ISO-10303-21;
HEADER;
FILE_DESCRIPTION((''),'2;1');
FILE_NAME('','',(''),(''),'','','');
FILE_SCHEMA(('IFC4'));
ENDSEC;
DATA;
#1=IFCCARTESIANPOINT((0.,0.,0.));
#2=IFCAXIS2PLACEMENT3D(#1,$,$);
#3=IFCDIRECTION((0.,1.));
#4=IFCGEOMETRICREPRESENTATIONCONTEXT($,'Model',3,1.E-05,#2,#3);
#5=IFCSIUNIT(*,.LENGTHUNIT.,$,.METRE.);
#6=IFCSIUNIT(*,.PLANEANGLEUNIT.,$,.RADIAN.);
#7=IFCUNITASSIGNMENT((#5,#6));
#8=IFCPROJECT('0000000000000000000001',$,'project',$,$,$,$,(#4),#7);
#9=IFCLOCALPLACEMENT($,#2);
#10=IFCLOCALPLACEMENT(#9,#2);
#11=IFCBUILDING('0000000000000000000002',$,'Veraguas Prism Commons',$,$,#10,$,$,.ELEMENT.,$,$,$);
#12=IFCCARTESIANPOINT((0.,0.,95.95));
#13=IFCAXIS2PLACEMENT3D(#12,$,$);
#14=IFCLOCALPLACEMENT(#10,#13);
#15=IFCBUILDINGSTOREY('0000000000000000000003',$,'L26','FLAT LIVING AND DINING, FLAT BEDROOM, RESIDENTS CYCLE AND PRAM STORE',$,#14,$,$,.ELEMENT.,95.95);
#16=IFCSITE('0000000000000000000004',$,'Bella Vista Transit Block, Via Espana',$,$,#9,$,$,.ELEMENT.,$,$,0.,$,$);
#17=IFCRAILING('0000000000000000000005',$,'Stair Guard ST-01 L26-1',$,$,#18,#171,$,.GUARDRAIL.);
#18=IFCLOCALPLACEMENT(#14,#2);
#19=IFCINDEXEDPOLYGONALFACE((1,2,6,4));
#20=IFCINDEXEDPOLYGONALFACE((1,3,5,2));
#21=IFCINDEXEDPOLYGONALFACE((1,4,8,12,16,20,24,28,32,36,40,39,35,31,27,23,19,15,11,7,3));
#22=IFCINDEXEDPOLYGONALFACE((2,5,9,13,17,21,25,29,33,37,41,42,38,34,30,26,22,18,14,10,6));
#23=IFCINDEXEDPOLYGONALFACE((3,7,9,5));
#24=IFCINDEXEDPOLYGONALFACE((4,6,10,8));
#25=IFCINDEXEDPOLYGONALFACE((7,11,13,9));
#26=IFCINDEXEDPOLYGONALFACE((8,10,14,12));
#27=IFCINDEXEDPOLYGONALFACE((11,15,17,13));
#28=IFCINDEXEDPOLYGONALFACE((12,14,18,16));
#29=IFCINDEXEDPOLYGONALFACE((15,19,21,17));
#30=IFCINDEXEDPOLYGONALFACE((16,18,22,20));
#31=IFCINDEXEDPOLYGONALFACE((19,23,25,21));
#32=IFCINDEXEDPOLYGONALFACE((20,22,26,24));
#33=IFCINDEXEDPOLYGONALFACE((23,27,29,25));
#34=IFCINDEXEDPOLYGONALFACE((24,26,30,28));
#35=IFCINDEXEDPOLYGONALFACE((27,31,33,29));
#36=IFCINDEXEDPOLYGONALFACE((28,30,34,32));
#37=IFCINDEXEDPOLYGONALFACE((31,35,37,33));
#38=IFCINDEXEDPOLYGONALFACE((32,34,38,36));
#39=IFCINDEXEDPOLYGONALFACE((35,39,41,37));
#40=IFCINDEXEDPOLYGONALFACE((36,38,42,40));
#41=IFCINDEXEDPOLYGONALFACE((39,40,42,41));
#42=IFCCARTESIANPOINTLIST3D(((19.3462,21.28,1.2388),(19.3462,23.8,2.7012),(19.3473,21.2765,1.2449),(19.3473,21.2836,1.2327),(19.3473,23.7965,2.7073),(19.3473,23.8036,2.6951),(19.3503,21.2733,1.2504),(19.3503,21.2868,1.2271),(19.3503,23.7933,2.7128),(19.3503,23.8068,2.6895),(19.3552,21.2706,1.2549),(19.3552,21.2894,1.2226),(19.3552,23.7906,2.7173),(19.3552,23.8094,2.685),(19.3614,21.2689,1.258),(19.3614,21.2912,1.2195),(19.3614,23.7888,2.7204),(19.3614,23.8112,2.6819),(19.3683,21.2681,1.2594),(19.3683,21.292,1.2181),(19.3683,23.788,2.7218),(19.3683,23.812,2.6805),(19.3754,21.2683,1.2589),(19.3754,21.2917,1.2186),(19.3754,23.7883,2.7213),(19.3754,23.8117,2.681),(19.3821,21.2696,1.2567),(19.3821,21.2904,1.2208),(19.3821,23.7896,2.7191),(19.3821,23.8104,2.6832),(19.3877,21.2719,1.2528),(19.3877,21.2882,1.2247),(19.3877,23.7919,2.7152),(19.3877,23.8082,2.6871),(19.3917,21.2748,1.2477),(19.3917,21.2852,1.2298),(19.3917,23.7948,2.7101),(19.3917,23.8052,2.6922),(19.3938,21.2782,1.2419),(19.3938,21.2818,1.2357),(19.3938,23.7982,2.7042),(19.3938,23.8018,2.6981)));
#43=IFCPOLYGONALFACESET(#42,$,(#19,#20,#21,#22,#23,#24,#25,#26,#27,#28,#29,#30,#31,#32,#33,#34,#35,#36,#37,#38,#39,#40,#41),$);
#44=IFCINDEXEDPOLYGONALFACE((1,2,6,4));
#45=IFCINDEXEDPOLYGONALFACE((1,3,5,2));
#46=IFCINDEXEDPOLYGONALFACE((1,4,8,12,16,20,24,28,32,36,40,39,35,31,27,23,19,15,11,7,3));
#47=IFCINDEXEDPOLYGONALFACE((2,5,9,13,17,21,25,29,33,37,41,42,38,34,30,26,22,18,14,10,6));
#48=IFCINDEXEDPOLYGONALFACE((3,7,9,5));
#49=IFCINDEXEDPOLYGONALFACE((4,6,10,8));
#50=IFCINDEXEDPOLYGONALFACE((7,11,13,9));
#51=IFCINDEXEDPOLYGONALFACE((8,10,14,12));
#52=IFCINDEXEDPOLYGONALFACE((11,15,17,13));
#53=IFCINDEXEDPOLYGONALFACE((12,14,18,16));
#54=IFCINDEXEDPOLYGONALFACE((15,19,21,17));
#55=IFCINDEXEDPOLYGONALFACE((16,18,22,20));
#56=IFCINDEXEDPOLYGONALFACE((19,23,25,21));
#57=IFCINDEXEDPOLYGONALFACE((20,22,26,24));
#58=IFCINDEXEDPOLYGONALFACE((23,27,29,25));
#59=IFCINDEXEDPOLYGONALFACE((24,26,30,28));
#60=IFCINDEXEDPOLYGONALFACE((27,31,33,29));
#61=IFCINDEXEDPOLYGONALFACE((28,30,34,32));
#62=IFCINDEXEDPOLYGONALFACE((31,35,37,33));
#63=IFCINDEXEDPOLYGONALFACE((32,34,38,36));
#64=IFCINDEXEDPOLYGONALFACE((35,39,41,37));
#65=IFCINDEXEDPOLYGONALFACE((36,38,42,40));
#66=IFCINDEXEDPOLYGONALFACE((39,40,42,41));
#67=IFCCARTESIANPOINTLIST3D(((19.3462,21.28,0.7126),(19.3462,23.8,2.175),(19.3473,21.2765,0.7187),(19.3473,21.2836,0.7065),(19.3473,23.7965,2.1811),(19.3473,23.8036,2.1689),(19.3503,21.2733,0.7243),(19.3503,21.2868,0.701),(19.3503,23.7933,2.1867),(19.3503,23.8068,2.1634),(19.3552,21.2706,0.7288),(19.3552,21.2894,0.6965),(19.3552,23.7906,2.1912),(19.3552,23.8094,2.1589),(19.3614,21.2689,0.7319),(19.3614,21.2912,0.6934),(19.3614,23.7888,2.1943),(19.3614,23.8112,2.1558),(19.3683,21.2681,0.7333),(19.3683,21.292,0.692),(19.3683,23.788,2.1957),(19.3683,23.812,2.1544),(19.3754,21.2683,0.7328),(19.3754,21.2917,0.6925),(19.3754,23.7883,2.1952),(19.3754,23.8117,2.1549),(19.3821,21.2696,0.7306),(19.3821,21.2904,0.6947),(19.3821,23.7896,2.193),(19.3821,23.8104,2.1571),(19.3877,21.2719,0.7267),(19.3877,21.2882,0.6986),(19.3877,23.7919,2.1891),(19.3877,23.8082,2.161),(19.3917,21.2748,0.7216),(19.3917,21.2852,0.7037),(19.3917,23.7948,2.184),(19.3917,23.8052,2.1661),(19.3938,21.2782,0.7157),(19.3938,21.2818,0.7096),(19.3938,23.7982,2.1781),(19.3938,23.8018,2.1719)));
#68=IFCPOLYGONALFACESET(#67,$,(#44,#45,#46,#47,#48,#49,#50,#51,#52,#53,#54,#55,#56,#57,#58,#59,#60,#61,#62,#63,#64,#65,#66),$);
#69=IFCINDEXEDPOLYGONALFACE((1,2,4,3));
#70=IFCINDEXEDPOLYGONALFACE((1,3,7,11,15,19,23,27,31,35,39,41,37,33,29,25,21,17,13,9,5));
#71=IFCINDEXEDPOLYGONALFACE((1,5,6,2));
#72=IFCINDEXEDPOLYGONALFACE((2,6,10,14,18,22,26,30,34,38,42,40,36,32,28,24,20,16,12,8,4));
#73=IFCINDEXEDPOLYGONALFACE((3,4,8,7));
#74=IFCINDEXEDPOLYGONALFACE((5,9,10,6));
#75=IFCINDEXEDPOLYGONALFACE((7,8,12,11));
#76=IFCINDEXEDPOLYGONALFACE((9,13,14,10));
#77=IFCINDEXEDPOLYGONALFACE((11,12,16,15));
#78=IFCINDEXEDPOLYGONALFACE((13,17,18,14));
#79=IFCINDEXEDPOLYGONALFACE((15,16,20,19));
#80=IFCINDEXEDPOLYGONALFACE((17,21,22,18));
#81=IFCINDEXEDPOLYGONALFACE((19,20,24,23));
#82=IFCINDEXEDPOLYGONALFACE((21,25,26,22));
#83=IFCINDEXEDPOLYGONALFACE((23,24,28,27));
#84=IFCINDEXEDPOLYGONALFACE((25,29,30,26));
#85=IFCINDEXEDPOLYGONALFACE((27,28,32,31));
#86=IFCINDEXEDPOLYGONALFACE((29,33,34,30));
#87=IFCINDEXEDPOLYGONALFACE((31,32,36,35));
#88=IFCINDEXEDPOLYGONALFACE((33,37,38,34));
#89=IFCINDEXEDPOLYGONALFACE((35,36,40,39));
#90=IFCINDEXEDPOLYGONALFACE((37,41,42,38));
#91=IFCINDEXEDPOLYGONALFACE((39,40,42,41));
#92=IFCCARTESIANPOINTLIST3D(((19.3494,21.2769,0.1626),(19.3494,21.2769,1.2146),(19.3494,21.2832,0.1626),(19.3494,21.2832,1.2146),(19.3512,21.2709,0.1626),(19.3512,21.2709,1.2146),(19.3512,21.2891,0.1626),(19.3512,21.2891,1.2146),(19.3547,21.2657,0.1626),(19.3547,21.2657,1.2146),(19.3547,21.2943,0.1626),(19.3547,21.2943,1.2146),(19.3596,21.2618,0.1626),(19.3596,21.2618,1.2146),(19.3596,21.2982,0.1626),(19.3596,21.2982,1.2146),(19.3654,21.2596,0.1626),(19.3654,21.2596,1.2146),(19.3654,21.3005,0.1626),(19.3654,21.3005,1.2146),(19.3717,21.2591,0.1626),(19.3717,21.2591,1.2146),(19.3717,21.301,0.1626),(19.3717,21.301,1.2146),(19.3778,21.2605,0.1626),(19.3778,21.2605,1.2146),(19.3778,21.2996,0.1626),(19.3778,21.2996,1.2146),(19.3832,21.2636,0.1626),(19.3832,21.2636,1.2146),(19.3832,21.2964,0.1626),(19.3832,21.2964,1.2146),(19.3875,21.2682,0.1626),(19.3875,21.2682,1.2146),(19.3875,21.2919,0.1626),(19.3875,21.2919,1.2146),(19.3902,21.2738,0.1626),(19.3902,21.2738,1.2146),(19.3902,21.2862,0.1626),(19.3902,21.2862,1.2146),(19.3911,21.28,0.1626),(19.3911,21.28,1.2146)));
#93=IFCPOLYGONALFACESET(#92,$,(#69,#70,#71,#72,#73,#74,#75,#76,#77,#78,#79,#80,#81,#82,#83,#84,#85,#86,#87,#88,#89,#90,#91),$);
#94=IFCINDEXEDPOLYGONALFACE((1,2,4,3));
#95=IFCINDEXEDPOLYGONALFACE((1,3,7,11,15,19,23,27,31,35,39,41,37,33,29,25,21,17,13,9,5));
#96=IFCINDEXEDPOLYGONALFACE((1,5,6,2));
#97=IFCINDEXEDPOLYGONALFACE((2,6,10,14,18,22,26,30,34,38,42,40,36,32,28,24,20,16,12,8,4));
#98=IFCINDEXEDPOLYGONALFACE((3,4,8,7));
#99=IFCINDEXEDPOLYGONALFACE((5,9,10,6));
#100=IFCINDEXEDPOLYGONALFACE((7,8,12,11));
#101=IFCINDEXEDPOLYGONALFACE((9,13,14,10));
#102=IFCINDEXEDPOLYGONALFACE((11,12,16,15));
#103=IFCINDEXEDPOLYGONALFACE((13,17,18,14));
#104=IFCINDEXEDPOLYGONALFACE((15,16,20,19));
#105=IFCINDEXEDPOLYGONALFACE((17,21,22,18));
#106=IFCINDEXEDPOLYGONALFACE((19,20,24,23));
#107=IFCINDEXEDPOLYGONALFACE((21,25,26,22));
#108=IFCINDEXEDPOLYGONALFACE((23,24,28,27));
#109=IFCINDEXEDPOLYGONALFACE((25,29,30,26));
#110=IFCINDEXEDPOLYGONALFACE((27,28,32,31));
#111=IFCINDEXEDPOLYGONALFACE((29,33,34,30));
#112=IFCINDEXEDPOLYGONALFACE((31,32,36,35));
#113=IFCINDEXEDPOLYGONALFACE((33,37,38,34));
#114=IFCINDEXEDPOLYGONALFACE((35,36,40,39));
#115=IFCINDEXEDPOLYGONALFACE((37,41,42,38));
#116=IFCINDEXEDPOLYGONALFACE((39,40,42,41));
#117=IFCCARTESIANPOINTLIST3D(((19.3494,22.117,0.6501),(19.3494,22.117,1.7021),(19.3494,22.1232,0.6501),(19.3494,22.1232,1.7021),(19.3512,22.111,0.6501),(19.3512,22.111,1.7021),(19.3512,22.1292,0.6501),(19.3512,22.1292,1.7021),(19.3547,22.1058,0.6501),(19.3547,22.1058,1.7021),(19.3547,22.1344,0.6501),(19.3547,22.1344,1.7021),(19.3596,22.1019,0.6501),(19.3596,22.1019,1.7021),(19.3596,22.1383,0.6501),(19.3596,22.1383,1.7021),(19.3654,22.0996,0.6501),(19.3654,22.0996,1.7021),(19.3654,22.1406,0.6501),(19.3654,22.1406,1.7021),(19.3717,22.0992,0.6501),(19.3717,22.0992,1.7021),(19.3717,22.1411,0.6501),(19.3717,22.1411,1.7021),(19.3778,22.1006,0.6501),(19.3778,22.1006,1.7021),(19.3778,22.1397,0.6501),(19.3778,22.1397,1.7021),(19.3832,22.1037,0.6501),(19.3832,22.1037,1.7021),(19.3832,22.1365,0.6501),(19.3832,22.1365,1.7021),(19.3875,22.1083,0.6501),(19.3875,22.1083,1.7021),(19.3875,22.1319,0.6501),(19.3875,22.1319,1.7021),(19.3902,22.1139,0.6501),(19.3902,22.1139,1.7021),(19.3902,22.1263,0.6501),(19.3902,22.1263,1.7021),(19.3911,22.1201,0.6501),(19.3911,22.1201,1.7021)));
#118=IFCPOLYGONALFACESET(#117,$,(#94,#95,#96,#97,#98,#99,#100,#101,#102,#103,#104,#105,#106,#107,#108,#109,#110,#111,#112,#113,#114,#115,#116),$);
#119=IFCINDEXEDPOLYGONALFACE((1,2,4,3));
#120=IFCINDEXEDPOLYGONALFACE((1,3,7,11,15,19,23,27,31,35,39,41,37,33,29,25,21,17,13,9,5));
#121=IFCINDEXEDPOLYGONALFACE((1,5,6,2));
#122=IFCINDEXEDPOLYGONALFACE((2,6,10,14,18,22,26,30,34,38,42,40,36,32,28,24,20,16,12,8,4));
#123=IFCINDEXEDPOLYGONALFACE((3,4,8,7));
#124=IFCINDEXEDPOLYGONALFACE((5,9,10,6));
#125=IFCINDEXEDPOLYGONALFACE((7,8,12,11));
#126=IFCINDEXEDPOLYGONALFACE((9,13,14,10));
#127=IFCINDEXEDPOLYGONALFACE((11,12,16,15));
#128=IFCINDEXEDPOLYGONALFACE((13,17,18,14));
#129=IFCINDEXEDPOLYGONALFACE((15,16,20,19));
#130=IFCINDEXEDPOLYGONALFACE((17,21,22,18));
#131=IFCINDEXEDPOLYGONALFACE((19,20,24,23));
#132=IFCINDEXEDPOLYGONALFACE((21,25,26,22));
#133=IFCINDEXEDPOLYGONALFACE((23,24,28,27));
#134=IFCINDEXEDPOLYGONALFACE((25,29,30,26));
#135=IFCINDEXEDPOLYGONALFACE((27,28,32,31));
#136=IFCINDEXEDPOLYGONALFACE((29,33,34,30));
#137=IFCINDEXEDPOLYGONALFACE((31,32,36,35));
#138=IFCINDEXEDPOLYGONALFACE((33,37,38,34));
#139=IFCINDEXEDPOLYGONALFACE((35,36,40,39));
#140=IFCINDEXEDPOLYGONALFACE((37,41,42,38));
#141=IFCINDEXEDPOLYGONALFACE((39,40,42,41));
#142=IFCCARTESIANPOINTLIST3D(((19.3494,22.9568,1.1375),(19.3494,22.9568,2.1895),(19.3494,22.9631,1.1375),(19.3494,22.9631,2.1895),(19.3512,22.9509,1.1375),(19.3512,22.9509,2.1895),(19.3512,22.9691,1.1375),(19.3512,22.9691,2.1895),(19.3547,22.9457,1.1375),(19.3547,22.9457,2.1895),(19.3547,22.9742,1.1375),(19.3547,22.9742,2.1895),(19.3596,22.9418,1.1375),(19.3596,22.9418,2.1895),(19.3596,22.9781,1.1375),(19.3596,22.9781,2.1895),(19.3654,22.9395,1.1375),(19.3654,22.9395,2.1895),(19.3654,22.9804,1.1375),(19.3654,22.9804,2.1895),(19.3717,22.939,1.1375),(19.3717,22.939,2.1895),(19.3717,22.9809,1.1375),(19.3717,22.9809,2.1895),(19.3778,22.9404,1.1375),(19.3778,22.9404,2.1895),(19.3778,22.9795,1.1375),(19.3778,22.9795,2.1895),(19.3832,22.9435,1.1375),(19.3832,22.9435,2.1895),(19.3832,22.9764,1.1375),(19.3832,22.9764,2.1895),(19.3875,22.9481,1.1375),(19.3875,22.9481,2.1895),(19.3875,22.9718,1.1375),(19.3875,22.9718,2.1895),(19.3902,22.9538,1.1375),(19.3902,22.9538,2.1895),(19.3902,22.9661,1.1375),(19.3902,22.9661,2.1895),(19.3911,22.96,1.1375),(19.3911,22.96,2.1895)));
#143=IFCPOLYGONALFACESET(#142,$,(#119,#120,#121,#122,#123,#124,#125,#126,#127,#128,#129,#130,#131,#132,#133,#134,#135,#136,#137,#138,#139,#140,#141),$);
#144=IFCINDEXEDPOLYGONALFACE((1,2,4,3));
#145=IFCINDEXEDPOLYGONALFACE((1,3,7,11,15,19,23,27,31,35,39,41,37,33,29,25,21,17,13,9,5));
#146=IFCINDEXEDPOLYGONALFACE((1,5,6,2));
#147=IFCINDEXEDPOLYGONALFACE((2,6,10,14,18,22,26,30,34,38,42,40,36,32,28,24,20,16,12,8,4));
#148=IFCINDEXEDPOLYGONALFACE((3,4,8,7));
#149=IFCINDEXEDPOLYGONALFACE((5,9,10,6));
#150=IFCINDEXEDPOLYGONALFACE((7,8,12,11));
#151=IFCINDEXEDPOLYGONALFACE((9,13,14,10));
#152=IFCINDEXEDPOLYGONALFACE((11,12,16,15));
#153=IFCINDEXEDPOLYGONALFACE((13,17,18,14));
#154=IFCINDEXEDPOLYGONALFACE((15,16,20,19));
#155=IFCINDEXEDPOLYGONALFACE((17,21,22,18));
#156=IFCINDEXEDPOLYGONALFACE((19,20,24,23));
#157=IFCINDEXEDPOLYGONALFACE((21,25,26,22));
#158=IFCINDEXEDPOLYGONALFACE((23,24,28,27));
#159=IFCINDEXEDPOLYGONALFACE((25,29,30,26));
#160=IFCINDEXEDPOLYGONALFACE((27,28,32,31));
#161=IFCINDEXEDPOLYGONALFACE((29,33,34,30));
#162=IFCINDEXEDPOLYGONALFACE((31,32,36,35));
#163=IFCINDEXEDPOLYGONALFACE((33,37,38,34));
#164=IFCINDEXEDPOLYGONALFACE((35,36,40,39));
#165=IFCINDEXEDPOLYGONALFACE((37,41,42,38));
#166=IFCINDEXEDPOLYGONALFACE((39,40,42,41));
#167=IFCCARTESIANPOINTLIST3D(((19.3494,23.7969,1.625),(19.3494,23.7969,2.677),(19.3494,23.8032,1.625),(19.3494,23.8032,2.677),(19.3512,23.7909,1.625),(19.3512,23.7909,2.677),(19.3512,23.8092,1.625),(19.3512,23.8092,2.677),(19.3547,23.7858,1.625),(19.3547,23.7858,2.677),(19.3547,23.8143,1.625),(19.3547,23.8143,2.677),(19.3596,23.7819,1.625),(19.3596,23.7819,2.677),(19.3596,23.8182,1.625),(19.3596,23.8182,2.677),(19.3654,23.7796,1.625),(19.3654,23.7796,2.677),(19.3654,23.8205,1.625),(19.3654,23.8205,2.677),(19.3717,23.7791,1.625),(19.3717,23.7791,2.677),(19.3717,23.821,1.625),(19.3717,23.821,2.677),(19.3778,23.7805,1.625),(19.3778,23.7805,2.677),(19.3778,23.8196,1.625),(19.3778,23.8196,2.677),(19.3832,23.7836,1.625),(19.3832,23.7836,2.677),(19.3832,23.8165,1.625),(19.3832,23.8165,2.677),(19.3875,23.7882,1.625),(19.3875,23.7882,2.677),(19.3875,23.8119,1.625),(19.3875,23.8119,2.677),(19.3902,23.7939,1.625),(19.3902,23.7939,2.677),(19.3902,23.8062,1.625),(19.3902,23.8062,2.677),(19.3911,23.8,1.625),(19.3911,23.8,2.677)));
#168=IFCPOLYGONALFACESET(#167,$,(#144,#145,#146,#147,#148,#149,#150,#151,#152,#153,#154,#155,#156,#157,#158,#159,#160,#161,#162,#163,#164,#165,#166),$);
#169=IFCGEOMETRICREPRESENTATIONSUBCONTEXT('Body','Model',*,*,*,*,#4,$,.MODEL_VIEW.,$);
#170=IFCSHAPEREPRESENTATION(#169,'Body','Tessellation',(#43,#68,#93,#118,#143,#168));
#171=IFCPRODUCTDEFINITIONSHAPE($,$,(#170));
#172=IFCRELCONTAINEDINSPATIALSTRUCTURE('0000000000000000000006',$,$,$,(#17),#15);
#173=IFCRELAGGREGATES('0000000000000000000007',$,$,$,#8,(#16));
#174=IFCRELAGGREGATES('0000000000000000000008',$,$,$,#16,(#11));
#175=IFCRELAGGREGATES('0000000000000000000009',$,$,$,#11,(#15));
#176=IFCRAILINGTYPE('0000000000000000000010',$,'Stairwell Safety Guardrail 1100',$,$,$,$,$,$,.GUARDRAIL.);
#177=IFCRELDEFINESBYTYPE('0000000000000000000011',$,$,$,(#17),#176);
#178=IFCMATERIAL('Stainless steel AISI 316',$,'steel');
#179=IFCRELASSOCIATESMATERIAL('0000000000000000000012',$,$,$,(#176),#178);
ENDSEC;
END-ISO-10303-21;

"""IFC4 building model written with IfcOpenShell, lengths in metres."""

from ifc_helpers import new_model, si_unit, direction, frame, origin, origin_2d, place, context, subcontext, project, spatial, circle, extrude, material, type_object, element, save


model = new_model("IFC4")

# Units and contexts
model_context = context("Model", 3, precision=1e-05, world=origin(), true_north=direction((0.0, 1.0)))
body_context = subcontext(model_context, "Body", "Model", "MODEL_VIEW")
ifc_project = project(units=[si_unit("LENGTHUNIT", "METRE"), si_unit("PLANEANGLEUNIT", "RADIAN")], contexts=[model_context])

# Site, building, storey
site_placement = place(None, origin())
site = spatial("IfcSite", under=ifc_project, at=site_placement, Name="Bella Vista Transit Block, Via Espana", CompositionType="ELEMENT", RefElevation=0.0)
building_placement = place(site_placement, origin())
building = spatial("IfcBuilding", under=site, at=building_placement, Name="Veraguas Prism Commons", CompositionType="ELEMENT")
storey_placement = place(building_placement, frame((0.0, 0.0, 95.95)))
storey = spatial("IfcBuildingStorey", under=building, at=storey_placement, Name="L26", Description="FLAT LIVING AND DINING, FLAT BEDROOM, RESIDENTS CYCLE AND PRAM STORE", CompositionType="ELEMENT", Elevation=95.95)

# Railing
ifc_material_1 = material(Name="Stainless steel AISI 316", Category="steel")
railing_type = type_object("IfcRailingType", Name="Stairwell Safety Guardrail 1100", PredefinedType="GUARDRAIL", material=ifc_material_1)
railing_1_placement = place(storey_placement, frame((19.3701, 21.28, 0.1626)))
element("IfcRailing", 1, at=railing_1_placement, inside=storey, type_object=railing_type, Name="Stair Guard ST-01 L26-1", PredefinedType="GUARDRAIL", context=body_context, shape_type="SweptSolid", body=[
    extrude(circle(Radius=0.0239, at=origin_2d()), frame((0.0, 0.0, 1.0762), z_axis=(0.0, 0.864913, 0.501921), x_axis=(-1.0, 0.0, 0.0)), (0.0, 0.0, 1.0), 2.9136),
    extrude(circle(Radius=0.0239, at=origin_2d()), frame((0.0, 0.0, 0.55), z_axis=(0.0, 0.864913, 0.501921), x_axis=(-1.0, 0.0, 0.0)), (0.0, 0.0, 1.0), 2.9136),
    extrude(circle(Radius=0.021, at=origin_2d()), origin(), (0.0, 0.0, 1.0), 1.052),
    extrude(circle(Radius=0.021, at=origin_2d()), frame((0.0, 0.8401, 0.4875)), (0.0, 0.0, 1.0), 1.052),
    extrude(circle(Radius=0.021, at=origin_2d()), frame((0.0, 1.6799, 0.9749)), (0.0, 0.0, 1.0), 1.052),
    extrude(circle(Radius=0.021, at=origin_2d()), frame((0.0, 2.52, 1.4624)), (0.0, 0.0, 1.0), 1.052),
])

save(model, "model.ifc")
